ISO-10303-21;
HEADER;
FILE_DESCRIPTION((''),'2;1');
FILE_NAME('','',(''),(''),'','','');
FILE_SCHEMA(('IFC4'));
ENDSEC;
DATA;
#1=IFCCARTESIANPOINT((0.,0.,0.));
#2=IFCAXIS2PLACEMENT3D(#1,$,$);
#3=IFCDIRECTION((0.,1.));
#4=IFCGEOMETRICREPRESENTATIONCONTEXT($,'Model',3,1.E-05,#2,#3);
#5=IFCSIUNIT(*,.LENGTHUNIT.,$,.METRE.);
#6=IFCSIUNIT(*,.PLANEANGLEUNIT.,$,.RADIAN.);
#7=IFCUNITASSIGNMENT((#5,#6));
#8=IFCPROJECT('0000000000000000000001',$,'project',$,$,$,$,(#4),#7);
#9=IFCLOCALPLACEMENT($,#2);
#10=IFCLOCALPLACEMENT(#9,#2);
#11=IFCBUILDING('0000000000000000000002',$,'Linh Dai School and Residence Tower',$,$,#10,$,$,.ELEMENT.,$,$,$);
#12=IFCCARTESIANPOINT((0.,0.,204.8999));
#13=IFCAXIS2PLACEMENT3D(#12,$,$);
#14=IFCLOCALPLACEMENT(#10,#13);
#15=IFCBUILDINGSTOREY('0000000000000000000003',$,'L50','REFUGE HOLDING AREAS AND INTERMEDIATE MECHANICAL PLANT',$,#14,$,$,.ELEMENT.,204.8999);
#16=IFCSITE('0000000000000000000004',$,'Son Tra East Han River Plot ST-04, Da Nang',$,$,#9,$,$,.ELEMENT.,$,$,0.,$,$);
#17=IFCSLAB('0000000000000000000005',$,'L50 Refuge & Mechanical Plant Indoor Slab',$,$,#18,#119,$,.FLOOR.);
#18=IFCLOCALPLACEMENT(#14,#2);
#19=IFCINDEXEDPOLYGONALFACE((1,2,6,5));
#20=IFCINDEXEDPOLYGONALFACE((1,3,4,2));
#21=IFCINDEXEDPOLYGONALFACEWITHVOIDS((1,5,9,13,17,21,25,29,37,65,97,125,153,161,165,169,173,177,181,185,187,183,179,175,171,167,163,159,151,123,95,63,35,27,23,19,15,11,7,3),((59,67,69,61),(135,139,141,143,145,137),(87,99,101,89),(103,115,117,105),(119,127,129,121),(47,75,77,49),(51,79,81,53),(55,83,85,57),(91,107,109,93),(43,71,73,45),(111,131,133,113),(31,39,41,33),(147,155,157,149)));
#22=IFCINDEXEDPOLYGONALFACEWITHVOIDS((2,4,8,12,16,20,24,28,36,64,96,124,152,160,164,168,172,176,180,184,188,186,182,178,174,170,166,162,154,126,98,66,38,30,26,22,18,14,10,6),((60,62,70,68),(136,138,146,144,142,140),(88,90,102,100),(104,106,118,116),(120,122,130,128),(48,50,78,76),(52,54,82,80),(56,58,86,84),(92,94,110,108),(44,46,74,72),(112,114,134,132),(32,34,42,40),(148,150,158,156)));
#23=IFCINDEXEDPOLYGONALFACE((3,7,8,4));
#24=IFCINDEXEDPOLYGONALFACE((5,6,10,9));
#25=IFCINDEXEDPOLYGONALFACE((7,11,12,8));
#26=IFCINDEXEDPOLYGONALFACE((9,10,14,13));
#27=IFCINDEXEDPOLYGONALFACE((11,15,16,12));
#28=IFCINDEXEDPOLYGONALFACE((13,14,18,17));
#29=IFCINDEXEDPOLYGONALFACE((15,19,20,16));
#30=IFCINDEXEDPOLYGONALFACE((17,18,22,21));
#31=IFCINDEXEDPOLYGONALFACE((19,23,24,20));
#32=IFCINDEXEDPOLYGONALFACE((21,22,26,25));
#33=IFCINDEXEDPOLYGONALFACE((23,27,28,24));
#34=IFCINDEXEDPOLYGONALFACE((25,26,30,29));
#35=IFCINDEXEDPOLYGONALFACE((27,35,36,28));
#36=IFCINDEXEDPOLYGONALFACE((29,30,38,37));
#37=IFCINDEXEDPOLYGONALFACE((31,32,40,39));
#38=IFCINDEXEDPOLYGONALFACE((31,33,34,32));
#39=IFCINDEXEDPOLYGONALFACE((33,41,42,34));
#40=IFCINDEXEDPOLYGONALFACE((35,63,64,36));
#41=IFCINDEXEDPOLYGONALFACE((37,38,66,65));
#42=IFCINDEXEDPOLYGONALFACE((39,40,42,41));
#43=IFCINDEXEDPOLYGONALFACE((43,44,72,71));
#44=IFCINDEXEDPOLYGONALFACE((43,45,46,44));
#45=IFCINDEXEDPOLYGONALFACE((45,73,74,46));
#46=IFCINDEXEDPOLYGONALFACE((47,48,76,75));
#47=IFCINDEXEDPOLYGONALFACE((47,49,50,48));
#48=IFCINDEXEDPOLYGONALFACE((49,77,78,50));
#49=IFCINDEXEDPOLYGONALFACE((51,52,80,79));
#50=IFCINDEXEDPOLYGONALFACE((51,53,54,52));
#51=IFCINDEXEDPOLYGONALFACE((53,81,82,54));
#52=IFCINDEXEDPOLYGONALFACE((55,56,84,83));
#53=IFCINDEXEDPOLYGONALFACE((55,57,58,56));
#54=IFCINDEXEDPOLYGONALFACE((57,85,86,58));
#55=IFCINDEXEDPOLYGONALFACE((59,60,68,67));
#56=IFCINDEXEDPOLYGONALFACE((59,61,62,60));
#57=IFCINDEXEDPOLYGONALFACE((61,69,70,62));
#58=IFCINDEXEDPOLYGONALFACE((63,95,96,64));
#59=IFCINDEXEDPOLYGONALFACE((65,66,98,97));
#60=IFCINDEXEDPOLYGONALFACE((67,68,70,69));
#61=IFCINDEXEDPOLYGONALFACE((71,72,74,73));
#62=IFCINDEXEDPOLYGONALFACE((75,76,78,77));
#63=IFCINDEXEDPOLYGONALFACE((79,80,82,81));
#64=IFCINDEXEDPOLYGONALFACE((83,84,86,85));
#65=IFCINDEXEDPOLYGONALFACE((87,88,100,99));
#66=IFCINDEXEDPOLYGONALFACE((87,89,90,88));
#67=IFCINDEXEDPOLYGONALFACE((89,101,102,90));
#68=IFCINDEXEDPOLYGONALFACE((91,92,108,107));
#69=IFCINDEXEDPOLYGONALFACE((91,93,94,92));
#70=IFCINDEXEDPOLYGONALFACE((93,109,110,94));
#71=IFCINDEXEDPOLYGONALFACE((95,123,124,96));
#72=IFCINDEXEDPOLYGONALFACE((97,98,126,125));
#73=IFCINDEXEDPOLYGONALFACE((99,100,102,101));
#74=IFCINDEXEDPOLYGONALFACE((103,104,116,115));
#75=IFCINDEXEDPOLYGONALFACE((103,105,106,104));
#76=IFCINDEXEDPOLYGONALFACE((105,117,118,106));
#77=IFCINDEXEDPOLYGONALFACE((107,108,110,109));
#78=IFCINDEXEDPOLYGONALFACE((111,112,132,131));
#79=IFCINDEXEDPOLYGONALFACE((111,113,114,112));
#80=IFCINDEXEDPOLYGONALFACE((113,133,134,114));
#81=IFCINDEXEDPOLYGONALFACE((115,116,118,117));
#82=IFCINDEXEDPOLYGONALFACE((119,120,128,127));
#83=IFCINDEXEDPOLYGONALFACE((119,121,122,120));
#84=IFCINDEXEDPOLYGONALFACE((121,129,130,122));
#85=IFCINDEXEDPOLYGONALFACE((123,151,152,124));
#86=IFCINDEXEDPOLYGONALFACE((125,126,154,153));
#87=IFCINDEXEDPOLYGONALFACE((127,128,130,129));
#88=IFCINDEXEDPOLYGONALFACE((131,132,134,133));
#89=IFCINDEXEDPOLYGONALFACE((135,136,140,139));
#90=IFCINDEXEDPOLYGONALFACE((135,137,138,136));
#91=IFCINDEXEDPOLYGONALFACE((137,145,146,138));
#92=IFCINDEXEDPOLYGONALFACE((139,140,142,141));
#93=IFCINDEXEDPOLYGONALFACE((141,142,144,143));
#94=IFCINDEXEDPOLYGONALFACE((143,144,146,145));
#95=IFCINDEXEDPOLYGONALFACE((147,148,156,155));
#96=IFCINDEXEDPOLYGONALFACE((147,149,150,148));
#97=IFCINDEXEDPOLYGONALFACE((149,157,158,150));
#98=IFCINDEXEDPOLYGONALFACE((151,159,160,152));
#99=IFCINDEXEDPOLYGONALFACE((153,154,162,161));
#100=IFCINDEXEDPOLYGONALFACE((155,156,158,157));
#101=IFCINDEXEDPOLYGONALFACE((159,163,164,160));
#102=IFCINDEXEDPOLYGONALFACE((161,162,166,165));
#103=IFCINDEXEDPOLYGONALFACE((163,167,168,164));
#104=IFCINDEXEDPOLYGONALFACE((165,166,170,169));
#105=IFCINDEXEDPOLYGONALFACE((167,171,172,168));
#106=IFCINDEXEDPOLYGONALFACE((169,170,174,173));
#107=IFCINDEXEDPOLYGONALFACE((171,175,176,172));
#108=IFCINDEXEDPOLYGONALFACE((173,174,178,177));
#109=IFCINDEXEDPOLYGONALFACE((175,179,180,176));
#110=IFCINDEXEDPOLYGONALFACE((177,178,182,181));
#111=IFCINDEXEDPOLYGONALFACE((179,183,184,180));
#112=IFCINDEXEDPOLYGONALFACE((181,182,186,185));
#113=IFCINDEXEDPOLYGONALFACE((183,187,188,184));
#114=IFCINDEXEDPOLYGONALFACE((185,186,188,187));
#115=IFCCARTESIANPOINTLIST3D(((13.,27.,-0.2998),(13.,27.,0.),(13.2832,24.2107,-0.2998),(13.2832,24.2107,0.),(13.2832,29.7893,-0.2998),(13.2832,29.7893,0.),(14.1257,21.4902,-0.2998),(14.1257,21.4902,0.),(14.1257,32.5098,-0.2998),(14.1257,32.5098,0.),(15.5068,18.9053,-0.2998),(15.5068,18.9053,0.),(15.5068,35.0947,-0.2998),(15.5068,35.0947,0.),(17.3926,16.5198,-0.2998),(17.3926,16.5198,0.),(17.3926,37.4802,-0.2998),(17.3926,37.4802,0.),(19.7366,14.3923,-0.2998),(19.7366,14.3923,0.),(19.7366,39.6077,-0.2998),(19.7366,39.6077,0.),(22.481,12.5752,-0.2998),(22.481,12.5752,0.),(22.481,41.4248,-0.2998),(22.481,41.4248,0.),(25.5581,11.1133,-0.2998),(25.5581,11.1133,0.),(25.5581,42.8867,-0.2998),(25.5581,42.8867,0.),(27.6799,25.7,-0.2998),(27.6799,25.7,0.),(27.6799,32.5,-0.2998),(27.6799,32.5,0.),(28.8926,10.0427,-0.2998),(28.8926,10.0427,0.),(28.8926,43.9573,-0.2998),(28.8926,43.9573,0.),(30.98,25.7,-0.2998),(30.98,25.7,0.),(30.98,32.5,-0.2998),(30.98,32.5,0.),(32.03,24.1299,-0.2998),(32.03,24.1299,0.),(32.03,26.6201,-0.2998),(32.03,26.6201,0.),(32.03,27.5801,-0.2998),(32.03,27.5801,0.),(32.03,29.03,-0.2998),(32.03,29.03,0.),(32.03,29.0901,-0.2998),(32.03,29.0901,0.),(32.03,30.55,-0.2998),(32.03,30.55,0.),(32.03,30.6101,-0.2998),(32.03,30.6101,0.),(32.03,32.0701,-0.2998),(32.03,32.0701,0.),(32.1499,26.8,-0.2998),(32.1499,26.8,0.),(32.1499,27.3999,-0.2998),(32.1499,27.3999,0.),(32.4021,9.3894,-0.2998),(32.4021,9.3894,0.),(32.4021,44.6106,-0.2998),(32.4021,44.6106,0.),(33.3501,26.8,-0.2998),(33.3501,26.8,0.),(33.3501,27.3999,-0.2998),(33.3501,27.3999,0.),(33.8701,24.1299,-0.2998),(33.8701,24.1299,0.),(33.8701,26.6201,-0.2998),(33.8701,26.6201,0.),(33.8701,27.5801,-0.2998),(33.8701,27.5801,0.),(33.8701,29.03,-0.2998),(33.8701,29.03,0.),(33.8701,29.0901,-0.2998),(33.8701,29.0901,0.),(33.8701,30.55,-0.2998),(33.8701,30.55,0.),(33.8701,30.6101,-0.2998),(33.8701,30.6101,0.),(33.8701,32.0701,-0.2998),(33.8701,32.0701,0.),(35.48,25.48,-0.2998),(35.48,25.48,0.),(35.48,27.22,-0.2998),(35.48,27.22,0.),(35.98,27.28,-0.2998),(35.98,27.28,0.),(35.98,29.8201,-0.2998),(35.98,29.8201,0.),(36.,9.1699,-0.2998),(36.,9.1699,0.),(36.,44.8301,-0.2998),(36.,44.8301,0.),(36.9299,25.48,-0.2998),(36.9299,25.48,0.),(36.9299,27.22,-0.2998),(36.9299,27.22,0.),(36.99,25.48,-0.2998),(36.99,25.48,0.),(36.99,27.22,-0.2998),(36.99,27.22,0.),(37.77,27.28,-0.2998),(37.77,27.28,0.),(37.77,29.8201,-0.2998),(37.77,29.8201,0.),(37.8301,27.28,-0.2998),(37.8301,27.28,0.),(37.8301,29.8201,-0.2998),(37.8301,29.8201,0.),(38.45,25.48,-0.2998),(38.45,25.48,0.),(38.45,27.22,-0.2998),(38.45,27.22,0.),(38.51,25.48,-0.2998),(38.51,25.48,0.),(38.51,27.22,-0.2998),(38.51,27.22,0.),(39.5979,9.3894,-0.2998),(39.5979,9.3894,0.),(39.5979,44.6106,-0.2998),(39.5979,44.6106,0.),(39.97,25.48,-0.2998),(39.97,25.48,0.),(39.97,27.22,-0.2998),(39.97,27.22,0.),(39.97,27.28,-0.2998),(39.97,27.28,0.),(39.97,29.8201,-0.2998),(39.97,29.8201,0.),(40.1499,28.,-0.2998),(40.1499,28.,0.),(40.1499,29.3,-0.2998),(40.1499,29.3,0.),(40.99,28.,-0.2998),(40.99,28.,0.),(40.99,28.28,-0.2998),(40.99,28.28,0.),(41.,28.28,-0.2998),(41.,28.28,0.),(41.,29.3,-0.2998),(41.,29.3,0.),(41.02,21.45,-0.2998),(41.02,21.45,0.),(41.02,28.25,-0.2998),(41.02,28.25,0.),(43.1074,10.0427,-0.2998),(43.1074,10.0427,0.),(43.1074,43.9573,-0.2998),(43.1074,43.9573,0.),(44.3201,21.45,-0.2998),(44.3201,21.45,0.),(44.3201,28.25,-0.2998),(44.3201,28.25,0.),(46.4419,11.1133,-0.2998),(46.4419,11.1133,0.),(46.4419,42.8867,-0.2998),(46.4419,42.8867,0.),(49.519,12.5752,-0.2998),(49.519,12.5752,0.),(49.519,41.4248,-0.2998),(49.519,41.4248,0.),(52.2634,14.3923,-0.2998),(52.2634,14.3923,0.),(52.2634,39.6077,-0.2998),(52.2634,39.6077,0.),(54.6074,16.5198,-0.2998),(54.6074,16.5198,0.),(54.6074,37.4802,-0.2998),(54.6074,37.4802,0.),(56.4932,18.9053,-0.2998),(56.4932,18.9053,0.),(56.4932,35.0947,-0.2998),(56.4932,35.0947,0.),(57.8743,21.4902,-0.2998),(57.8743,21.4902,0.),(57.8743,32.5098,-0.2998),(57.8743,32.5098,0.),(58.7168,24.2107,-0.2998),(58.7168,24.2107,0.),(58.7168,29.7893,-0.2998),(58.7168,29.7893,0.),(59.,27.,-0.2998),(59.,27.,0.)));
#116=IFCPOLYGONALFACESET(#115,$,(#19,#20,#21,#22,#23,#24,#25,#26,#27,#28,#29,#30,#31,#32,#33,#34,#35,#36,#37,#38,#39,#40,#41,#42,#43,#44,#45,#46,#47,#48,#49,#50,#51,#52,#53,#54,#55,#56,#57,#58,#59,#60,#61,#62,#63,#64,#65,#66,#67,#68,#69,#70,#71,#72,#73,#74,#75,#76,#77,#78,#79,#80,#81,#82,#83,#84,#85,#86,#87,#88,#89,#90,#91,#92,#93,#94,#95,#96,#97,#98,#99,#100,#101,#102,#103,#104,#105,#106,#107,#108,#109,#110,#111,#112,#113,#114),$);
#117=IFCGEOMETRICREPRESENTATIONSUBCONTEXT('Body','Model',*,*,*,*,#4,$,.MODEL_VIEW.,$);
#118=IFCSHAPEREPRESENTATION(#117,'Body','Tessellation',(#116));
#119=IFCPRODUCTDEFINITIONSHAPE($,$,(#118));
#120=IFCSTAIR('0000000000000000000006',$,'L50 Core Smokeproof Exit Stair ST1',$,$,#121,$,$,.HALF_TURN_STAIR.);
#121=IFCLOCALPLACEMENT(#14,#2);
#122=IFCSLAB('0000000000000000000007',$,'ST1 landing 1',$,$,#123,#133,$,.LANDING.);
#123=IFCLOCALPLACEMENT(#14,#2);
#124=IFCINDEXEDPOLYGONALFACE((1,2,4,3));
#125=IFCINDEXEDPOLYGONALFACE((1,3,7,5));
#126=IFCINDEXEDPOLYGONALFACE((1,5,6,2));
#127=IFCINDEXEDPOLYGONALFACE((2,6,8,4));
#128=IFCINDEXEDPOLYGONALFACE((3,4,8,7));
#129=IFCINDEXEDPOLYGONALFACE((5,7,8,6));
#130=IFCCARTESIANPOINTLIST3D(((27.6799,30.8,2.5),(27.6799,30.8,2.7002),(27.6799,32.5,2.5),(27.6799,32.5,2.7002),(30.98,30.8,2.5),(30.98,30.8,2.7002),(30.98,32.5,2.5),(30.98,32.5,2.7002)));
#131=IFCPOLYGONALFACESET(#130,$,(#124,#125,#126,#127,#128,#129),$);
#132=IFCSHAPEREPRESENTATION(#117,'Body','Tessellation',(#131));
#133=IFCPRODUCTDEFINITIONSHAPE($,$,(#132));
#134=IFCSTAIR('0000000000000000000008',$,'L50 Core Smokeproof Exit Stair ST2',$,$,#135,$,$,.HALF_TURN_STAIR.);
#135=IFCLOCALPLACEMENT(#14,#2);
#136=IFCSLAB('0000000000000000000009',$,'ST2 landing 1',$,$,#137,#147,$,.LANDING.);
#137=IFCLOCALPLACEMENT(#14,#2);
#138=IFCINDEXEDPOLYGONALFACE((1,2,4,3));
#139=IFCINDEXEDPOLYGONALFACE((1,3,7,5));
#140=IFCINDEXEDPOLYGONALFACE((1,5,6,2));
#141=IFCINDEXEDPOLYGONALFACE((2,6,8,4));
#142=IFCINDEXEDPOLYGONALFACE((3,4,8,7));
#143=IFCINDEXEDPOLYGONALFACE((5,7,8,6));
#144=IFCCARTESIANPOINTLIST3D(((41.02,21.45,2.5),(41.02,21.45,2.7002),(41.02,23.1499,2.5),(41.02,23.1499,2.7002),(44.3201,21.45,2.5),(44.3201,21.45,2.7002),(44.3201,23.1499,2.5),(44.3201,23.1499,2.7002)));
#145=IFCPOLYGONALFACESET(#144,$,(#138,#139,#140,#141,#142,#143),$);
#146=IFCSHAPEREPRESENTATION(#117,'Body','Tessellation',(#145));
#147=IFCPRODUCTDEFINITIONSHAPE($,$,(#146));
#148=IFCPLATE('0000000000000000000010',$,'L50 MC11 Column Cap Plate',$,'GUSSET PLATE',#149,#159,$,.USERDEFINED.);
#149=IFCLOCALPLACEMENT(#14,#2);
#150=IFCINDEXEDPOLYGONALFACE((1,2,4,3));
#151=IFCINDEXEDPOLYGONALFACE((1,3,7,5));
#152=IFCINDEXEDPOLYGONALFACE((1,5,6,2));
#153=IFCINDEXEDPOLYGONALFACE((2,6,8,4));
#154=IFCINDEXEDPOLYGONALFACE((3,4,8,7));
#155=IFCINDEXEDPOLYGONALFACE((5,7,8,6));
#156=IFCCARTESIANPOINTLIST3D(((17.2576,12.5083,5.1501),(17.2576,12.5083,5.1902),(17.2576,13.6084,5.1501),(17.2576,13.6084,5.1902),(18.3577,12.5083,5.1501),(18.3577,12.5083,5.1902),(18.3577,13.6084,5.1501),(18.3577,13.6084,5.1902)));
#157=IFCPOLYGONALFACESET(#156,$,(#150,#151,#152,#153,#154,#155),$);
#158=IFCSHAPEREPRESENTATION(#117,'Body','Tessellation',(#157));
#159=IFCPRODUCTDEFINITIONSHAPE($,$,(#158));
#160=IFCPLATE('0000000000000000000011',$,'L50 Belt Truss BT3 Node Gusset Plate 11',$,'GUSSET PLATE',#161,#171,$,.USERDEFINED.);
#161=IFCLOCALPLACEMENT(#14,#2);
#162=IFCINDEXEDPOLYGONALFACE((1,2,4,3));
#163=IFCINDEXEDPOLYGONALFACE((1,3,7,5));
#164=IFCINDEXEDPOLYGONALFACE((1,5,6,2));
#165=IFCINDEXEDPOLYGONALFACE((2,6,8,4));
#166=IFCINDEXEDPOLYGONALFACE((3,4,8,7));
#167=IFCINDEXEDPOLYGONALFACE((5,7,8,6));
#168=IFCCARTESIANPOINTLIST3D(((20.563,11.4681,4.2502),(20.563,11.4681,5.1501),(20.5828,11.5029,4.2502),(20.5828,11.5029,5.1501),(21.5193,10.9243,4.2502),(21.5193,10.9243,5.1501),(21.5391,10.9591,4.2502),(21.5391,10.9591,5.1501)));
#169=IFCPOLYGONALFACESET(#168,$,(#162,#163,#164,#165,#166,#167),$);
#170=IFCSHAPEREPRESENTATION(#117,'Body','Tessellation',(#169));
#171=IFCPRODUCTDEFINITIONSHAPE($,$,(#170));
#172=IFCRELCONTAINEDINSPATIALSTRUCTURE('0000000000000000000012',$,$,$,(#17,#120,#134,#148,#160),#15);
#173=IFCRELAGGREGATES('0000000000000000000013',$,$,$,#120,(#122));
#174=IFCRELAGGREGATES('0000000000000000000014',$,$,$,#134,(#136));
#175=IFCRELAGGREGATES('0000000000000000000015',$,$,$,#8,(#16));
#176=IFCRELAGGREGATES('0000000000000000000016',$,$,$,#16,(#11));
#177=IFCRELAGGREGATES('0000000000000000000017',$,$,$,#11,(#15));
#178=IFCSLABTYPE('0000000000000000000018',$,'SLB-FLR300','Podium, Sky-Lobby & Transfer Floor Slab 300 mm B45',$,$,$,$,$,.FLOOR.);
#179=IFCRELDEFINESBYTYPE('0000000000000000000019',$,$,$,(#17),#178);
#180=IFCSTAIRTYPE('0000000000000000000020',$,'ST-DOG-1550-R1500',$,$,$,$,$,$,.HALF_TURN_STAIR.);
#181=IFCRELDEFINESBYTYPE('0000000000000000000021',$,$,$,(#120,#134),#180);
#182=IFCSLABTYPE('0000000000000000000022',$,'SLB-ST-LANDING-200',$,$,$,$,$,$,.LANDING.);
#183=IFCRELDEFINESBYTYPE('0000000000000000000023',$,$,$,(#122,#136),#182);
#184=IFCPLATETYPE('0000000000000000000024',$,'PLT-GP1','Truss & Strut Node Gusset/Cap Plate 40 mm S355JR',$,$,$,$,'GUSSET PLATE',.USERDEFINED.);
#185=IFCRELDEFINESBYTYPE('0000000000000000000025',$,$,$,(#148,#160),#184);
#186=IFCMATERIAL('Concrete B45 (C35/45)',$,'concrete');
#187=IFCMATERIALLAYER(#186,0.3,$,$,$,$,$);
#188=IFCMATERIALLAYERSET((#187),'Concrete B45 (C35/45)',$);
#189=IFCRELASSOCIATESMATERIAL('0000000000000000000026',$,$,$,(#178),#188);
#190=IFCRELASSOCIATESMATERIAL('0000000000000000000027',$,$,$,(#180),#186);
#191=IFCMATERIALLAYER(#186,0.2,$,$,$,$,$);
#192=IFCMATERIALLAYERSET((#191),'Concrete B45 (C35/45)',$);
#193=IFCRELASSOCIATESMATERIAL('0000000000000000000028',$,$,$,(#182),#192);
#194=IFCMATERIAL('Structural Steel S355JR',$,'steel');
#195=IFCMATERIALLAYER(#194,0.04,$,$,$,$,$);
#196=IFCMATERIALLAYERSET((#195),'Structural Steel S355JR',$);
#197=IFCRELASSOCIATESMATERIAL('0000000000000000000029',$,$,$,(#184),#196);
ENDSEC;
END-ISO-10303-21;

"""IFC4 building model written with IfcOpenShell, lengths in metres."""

from ifc_helpers import new_model, si_unit, direction, frame, origin, origin_2d, place, context, subcontext, project, spatial, polyline, rectangle, outline, extrude, source, transform, mapped, material, layer, layer_set, type_object, element, aggregate, save


model = new_model("IFC4")

# Units and contexts
model_context = context("Model", 3, precision=1e-05, world=origin(), true_north=direction((0.0, 1.0)))
body_context = subcontext(model_context, "Body", "Model", "MODEL_VIEW")
ifc_project = project(units=[si_unit("LENGTHUNIT", "METRE"), si_unit("PLANEANGLEUNIT", "RADIAN")], contexts=[model_context])

# Site, building, storey
site_placement = place(None, origin())
site = spatial("IfcSite", under=ifc_project, at=site_placement, Name="Son Tra East Han River Plot ST-04, Da Nang", CompositionType="ELEMENT", RefElevation=0.0)
building_placement = place(site_placement, origin())
building = spatial("IfcBuilding", under=site, at=building_placement, Name="Linh Dai School and Residence Tower", CompositionType="ELEMENT")
storey_placement = place(building_placement, frame((0.0, 0.0, 204.8999)))
storey = spatial("IfcBuildingStorey", under=building, at=storey_placement, Name="L50", Description="REFUGE HOLDING AREAS AND INTERMEDIATE MECHANICAL PLANT", CompositionType="ELEMENT", Elevation=204.8999)

# Shared definitions
ifc_material_1 = material(Name="Structural Steel S355JR", Category="steel")

# Slab
ifc_material_2 = material(Name="Concrete B45 (C35/45)", Category="concrete")
ifc_layer_1 = layer(ifc_material_2, 0.3)
ifc_layer_set_1 = layer_set([ifc_layer_1], Name="Concrete B45 (C35/45)")
slab_type_1 = type_object("IfcSlabType", Name="SLB-FLR300", Description="Podium, Sky-Lobby & Transfer Floor Slab 300 mm B45", PredefinedType="FLOOR", material=ifc_layer_set_1)
slab_1_placement = place(storey_placement, frame((0.0, 0.0, -0.2998)))
element("IfcSlab", 1, at=slab_1_placement, inside=storey, type_object=slab_type_1, Name="L50 Refuge & Mechanical Plant Indoor Slab", PredefinedType="FLOOR", context=body_context, shape_type="SweptSolid", body=[
    extrude(outline(polyline([(59.0, 27.0), (58.7168, 29.7893), (57.8743, 32.5098), (56.4932, 35.0947), (54.6074, 37.4802), (52.2634, 39.6077), (49.519, 41.4248), (46.4419, 42.8867), (43.1074, 43.9573), (39.5979, 44.6106), (36.0, 44.8301), (32.4021, 44.6106), (28.8926, 43.9573), (25.5581, 42.8867), (22.481, 41.4248), (19.7366, 39.6077), (17.3926, 37.4802), (15.5068, 35.0947), (14.1257, 32.5098), (13.2832, 29.7893), (13.0, 27.0), (13.2832, 24.2107), (14.1257, 21.4902), (15.5068, 18.9053), (17.3926, 16.5198), (19.7366, 14.3923), (22.481, 12.5752), (25.5581, 11.1133), (28.8926, 10.0427), (32.4021, 9.3894), (36.0, 9.1699), (39.5979, 9.3894), (43.1074, 10.0427), (46.4419, 11.1133), (49.519, 12.5752), (52.2634, 14.3923), (54.6074, 16.5198), (56.4932, 18.9053), (57.8743, 21.4902), (58.7168, 24.2107), (59.0, 27.0)]), holes=[polyline([(30.98, 25.7), (30.98, 32.5), (27.6799, 32.5), (27.6799, 25.7), (30.98, 25.7)]), polyline([(41.02, 28.25), (41.02, 21.45), (44.3201, 21.45), (44.3201, 28.25), (41.02, 28.25)]), polyline([(35.98, 27.28), (37.77, 27.28), (37.77, 29.8201), (35.98, 29.8201), (35.98, 27.28)]), polyline([(32.03, 24.1299), (33.8701, 24.1299), (33.8701, 26.6201), (32.03, 26.6201), (32.03, 24.1299)]), polyline([(37.8301, 27.28), (39.97, 27.28), (39.97, 29.8201), (37.8301, 29.8201), (37.8301, 27.28)]), polyline([(32.03, 27.5801), (33.8701, 27.5801), (33.8701, 29.03), (32.03, 29.03), (32.03, 27.5801)]), polyline([(32.03, 29.0901), (33.8701, 29.0901), (33.8701, 30.55), (32.03, 30.55), (32.03, 29.0901)]), polyline([(32.03, 30.6101), (33.8701, 30.6101), (33.8701, 32.0701), (32.03, 32.0701), (32.03, 30.6101)]), polyline([(35.48, 25.48), (36.9299, 25.48), (36.9299, 27.22), (35.48, 27.22), (35.48, 25.48)]), polyline([(36.99, 25.48), (38.45, 25.48), (38.45, 27.22), (36.99, 27.22), (36.99, 25.48)]), polyline([(38.51, 25.48), (39.97, 25.48), (39.97, 27.22), (38.51, 27.22), (38.51, 25.48)]), polyline([(40.1499, 28.0), (40.1499, 29.3), (41.0, 29.3), (41.0, 28.28), (40.99, 28.28), (40.99, 28.0), (40.1499, 28.0)]), polyline([(32.1499, 26.8), (33.3501, 26.8), (33.3501, 27.3999), (32.1499, 27.3999), (32.1499, 26.8)])]), origin(), (0.0, 0.0, 1.0), 0.2998),
])

# Stairs, slabs
stair_type = type_object("IfcStairType", Name="ST-DOG-1550-R1500", PredefinedType="HALF_TURN_STAIR", material=ifc_material_2)
stair_1_placement = place(storey_placement, origin())
stair_1 = element("IfcStair", 2, at=stair_1_placement, inside=storey, type_object=stair_type, Name="L50 Core Smokeproof Exit Stair ST1", PredefinedType="HALF_TURN_STAIR")
ifc_layer_2 = layer(ifc_material_2, 0.2)
ifc_layer_set_2 = layer_set([ifc_layer_2], Name="Concrete B45 (C35/45)")
slab_type_2 = type_object("IfcSlabType", Name="SLB-ST-LANDING-200", PredefinedType="LANDING", material=ifc_layer_set_2)
slab_2_placement = place(storey_placement, frame((0.0, 0.0, 2.5)))
slab_2 = element("IfcSlab", 3, at=slab_2_placement, type_object=slab_type_2, Name="ST1 landing 1", PredefinedType="LANDING", context=body_context, shape_type="SweptSolid", body=[
    extrude(outline(polyline([(30.98, 30.8), (30.98, 32.5), (27.6799, 32.5), (27.6799, 30.8), (30.98, 30.8)])), origin(), (0.0, 0.0, 1.0), 0.2002),
])
aggregate(stair_1, [slab_2])
stair_2_placement = place(storey_placement, origin())
stair_2 = element("IfcStair", 4, at=stair_2_placement, inside=storey, type_object=stair_type, Name="L50 Core Smokeproof Exit Stair ST2", PredefinedType="HALF_TURN_STAIR")
slab_3_placement = place(storey_placement, frame((0.0, 0.0, 2.5)))
slab_3 = element("IfcSlab", 5, at=slab_3_placement, type_object=slab_type_2, Name="ST2 landing 1", PredefinedType="LANDING", context=body_context, shape_type="SweptSolid", body=[
    extrude(outline(polyline([(41.02, 23.1499), (41.02, 21.45), (44.3201, 21.45), (44.3201, 23.1499), (41.02, 23.1499)])), origin(), (0.0, 0.0, 1.0), 0.2002),
])
aggregate(stair_2, [slab_3])

# Plates
ifc_layer_3 = layer(ifc_material_1, 0.04)
ifc_layer_set_3 = layer_set([ifc_layer_3], Name="Structural Steel S355JR")
plate_type = type_object("IfcPlateType", Name="PLT-GP1", Description="Truss & Strut Node Gusset/Cap Plate 40 mm S355JR", ElementType="GUSSET PLATE", PredefinedType="USERDEFINED", material=ifc_layer_set_3)
shared_shape_1 = source(origin(), body_context, "Body", "SweptSolid", [
    extrude(rectangle(XDim=1.1001, YDim=1.1001, at=origin_2d()), origin(), (0.0, 0.0, 1.0), 0.04),
])
plate_1_placement = place(storey_placement, frame((17.8076, 13.0583, 5.1501), z_axis=(0.0, 0.0, 1.0), x_axis=(1.0, 0.0, 0.0)))
element("IfcPlate", 6, at=plate_1_placement, inside=storey, type_object=plate_type, Name="L50 MC11 Column Cap Plate", ObjectType="GUSSET PLATE", PredefinedType="USERDEFINED", context=body_context, shape_type="MappedRepresentation", body=[
    mapped(shared_shape_1, transform((0.0, 0.0, 0.0), x_axis=(1.0, 0.0, 0.0), y_axis=(0.0, 1.0, 0.0), z_axis=(0.0, 0.0, 1.0), scale=1.0)),
])
shared_shape_2 = source(origin(), body_context, "Body", "SweptSolid", [
    extrude(rectangle(XDim=1.1001, YDim=0.04, at=origin_2d()), origin(), (0.0, 0.0, 1.0), 0.8999),
])
plate_2_placement = place(storey_placement, frame((21.051, 11.2136, 4.2502), z_axis=(0.0, 0.0, 1.0), x_axis=(0.869261, -0.494353, 0.0)))
element("IfcPlate", 7, at=plate_2_placement, inside=storey, type_object=plate_type, Name="L50 Belt Truss BT3 Node Gusset Plate 11", ObjectType="GUSSET PLATE", PredefinedType="USERDEFINED", context=body_context, shape_type="MappedRepresentation", body=[
    mapped(shared_shape_2, transform((0.0, 0.0, 0.0), x_axis=(1.0, 0.0, 0.0), y_axis=(0.0, 1.0, 0.0), z_axis=(0.0, 0.0, 1.0), scale=1.0)),
])

save(model, "model.ifc")
